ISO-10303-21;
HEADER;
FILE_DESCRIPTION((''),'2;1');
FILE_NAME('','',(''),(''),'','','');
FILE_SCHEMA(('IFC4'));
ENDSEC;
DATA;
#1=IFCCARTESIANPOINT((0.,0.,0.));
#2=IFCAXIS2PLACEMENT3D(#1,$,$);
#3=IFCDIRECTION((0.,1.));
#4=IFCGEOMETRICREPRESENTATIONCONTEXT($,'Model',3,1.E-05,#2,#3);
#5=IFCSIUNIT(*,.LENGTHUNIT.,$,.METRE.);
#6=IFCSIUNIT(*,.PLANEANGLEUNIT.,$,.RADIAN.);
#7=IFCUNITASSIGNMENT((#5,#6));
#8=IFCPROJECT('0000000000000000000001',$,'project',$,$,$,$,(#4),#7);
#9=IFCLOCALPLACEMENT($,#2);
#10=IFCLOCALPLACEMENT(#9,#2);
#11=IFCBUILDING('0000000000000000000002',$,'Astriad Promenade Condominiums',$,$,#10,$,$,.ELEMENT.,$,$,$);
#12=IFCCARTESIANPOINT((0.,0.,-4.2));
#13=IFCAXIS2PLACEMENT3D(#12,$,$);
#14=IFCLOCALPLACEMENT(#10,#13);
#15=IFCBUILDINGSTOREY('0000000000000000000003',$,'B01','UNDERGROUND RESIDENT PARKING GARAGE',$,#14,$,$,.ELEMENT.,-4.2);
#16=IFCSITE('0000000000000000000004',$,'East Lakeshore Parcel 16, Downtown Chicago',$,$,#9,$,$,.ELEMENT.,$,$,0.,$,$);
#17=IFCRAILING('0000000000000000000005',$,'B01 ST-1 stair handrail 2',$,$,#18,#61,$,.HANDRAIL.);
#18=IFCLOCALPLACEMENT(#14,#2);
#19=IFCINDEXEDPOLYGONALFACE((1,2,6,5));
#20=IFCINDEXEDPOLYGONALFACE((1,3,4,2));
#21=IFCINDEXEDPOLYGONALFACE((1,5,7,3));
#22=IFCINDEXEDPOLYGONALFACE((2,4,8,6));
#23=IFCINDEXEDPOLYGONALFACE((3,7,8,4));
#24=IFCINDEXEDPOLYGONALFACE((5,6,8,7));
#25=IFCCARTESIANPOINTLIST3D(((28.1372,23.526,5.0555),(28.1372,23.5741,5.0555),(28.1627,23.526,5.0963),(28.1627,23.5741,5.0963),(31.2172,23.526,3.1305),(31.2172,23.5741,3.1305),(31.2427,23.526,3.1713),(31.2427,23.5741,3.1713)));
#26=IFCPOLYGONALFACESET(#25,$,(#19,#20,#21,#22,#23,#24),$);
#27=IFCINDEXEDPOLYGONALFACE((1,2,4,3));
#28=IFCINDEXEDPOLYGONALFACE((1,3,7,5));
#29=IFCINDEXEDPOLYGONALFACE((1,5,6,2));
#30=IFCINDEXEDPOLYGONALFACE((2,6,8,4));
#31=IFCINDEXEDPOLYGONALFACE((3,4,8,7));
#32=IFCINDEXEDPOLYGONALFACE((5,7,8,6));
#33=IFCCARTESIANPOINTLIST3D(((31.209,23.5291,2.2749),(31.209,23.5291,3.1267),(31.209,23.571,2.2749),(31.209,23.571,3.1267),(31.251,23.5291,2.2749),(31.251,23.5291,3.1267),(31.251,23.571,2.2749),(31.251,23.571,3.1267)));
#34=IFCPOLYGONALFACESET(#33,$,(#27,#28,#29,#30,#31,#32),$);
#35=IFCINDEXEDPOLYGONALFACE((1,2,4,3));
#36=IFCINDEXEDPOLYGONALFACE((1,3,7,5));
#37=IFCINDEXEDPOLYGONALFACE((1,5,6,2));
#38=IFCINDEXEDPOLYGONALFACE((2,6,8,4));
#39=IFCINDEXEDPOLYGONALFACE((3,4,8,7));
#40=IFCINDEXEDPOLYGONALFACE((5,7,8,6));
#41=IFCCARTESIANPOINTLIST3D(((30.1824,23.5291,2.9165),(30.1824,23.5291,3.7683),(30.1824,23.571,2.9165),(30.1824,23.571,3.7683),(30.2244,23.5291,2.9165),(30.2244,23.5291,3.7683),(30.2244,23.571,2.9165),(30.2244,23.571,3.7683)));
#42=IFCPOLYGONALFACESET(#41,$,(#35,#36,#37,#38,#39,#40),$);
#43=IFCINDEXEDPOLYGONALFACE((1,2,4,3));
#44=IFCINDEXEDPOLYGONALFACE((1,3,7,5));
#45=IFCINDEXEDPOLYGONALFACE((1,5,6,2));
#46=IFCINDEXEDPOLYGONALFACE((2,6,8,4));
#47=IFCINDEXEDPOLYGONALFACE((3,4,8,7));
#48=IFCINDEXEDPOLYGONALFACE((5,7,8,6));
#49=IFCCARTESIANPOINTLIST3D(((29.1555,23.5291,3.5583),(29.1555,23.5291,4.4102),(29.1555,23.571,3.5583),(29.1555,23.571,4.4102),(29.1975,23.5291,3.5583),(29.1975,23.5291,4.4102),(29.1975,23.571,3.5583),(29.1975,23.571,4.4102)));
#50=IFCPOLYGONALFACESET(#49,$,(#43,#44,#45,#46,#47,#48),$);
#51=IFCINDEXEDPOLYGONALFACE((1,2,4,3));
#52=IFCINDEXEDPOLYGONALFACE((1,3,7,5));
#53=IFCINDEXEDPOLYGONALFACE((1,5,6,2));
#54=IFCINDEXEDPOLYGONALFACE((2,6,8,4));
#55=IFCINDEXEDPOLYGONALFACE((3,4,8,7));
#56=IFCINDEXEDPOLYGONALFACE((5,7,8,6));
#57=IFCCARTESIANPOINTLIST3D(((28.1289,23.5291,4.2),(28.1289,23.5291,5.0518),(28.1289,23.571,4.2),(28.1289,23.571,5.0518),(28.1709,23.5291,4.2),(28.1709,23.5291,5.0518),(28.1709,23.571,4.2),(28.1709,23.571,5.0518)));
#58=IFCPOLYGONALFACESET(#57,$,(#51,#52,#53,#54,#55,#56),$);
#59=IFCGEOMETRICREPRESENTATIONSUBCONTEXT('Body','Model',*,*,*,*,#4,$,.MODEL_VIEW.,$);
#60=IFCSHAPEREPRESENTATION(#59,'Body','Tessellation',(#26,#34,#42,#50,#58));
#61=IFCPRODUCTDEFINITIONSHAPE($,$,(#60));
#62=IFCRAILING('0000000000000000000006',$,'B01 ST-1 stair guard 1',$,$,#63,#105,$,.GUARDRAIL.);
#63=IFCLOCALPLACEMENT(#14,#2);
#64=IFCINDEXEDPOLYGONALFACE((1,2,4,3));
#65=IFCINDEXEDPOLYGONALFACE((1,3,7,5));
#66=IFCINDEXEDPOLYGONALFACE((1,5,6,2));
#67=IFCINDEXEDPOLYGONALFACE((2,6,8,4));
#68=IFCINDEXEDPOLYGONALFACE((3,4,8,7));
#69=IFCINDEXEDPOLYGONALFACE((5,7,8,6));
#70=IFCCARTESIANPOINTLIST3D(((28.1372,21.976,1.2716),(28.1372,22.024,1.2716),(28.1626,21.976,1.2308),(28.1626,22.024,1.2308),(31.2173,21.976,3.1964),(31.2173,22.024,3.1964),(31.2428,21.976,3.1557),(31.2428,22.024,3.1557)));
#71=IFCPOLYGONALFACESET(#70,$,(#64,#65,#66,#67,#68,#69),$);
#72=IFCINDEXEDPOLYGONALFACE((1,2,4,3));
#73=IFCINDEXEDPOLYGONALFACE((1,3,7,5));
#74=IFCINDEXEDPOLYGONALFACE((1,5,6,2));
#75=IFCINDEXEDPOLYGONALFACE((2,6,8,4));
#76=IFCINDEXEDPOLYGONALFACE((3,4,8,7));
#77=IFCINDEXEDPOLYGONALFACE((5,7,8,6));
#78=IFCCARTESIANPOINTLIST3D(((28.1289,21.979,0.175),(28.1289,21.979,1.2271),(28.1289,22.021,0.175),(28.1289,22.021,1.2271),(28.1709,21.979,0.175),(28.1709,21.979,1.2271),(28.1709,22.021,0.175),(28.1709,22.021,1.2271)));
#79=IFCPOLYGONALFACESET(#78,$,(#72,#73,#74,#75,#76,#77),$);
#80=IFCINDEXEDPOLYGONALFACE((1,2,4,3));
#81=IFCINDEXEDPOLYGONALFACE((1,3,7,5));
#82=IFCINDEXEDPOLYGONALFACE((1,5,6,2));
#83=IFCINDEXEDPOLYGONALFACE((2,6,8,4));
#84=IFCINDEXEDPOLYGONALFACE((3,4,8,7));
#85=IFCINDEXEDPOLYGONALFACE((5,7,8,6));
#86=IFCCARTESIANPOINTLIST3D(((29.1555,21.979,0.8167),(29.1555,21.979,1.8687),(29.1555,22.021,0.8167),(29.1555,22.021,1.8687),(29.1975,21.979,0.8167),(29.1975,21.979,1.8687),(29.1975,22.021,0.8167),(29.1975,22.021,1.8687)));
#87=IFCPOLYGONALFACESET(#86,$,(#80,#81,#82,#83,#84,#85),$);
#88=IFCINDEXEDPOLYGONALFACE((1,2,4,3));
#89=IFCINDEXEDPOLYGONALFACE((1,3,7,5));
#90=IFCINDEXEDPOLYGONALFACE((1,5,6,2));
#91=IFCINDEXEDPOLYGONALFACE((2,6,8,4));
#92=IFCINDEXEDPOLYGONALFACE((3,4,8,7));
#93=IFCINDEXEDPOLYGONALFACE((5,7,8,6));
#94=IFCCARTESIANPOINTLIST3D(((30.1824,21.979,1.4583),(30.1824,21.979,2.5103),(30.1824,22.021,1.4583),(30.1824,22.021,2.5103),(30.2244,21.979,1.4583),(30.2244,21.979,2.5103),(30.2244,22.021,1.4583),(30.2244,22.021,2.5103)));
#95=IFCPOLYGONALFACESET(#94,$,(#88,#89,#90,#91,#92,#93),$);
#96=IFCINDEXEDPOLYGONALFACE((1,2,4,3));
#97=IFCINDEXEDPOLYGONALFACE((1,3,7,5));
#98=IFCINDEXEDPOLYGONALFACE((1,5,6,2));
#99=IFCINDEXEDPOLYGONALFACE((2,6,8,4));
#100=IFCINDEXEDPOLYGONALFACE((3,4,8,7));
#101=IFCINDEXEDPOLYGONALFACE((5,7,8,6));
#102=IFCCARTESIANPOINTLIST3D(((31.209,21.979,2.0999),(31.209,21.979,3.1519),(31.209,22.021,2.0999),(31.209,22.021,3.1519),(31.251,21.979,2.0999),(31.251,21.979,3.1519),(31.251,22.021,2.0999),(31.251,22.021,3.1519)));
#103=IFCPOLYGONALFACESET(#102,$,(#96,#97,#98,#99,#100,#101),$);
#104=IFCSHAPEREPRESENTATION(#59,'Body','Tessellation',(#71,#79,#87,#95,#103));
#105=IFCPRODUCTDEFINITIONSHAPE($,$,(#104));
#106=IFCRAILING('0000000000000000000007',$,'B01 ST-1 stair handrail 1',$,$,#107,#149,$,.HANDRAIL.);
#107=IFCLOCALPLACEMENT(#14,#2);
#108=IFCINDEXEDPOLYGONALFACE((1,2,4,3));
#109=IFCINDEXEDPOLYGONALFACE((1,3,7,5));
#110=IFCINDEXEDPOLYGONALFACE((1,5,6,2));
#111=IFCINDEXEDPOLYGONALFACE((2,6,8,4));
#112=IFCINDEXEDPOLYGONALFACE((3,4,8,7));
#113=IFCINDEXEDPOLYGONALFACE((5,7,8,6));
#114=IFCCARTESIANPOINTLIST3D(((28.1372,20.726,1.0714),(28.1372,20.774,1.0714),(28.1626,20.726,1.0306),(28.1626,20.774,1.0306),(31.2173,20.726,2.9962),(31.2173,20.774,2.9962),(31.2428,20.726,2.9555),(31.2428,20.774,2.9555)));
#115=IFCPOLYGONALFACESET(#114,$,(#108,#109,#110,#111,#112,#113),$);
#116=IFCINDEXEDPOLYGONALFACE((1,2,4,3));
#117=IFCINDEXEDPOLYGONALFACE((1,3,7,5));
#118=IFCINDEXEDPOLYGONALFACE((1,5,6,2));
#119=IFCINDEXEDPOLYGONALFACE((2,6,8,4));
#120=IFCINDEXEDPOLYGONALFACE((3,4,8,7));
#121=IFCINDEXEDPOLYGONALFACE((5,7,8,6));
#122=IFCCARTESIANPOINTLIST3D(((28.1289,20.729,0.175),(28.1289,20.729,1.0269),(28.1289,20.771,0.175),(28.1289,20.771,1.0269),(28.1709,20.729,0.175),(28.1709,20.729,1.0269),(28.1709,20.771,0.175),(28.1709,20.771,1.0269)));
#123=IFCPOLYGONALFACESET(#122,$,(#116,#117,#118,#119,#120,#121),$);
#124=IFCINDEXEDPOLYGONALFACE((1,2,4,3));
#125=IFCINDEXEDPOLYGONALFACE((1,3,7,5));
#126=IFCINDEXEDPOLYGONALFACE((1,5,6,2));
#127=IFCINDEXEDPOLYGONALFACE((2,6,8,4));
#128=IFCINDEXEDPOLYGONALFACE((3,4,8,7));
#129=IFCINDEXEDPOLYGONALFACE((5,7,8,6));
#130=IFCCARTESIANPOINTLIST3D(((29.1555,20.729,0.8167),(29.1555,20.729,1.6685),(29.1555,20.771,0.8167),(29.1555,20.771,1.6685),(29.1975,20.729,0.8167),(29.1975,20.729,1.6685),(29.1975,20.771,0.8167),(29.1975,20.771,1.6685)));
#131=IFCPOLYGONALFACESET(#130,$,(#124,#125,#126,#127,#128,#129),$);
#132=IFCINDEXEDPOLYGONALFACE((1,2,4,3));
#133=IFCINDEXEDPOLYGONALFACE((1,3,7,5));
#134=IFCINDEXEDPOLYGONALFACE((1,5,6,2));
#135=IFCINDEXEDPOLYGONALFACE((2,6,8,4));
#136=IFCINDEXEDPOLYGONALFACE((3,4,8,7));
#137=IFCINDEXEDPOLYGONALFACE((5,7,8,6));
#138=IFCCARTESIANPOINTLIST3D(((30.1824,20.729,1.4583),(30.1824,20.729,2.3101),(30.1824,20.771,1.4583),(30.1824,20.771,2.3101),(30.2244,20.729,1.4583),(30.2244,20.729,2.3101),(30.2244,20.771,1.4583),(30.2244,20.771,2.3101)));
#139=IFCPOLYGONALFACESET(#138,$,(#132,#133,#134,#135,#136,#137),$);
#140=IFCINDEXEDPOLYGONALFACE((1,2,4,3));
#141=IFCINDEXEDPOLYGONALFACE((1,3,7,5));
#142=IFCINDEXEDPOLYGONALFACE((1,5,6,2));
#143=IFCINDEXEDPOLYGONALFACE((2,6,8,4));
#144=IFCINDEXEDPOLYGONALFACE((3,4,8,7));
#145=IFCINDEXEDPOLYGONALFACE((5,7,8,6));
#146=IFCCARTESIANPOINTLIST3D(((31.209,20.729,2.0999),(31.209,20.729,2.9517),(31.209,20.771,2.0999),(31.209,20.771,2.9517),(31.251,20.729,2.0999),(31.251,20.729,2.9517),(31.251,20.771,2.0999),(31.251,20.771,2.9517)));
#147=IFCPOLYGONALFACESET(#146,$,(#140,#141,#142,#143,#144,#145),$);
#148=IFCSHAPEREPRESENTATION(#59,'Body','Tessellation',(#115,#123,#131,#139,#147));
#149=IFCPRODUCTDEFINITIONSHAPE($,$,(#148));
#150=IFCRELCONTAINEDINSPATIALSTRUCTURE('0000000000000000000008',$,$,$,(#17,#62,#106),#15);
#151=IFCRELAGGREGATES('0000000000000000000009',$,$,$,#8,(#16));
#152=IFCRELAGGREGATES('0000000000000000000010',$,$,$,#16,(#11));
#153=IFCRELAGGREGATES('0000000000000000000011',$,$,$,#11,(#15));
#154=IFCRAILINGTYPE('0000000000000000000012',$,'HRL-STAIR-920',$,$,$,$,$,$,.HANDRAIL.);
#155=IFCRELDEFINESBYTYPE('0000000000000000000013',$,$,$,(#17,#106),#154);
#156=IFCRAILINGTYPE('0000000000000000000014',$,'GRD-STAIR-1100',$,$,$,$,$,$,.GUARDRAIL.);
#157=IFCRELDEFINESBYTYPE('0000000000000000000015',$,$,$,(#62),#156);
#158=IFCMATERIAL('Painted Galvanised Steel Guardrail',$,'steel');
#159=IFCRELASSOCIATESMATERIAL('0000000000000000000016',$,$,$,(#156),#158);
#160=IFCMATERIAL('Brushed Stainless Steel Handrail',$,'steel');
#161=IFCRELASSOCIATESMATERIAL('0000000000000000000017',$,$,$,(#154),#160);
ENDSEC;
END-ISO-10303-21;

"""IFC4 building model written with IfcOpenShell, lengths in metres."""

from ifc_helpers import new_model, si_unit, direction, frame, origin, origin_2d, place, context, subcontext, project, spatial, rectangle, extrude, source, transform, mapped, material, type_object, type_shapes, element, save


model = new_model("IFC4")

# Units and contexts
model_context = context("Model", 3, precision=1e-05, world=origin(), true_north=direction((0.0, 1.0)))
body_context = subcontext(model_context, "Body", "Model", "MODEL_VIEW")
ifc_project = project(units=[si_unit("LENGTHUNIT", "METRE"), si_unit("PLANEANGLEUNIT", "RADIAN")], contexts=[model_context])

# Site, building, storey
site_placement = place(None, origin())
site = spatial("IfcSite", under=ifc_project, at=site_placement, Name="East Lakeshore Parcel 16, Downtown Chicago", CompositionType="ELEMENT", RefElevation=0.0)
building_placement = place(site_placement, origin())
building = spatial("IfcBuilding", under=site, at=building_placement, Name="Astriad Promenade Condominiums", CompositionType="ELEMENT")
storey_placement = place(building_placement, frame((0.0, 0.0, -4.2)))
storey = spatial("IfcBuildingStorey", under=building, at=storey_placement, Name="B01", Description="UNDERGROUND RESIDENT PARKING GARAGE", CompositionType="ELEMENT", Elevation=-4.2)

# Railings
ifc_material_1 = material(Name="Painted Galvanised Steel Guardrail", Category="steel")
railing_type_1 = type_object("IfcRailingType", Name="GRD-STAIR-1100", PredefinedType="GUARDRAIL", material=ifc_material_1)
ifc_material_2 = material(Name="Brushed Stainless Steel Handrail", Category="steel")
railing_type_2 = type_object("IfcRailingType", Name="HRL-STAIR-920", PredefinedType="HANDRAIL", material=ifc_material_2)
shared_shape_1 = source(origin(), body_context, "Body", "SweptSolid", [
    extrude(rectangle(XDim=0.0481, YDim=0.0481, at=origin_2d()), frame((0.0, 0.0, 0.876), z_axis=(-0.847998, 0.0, 0.529999), x_axis=(0.0, -1.0, 0.0)), (0.0, 0.0, 1.0), 3.6321),
    extrude(rectangle(XDim=0.042, YDim=0.042, at=origin_2d()), origin(), (0.0, 0.0, 1.0), 0.8518),
    extrude(rectangle(XDim=0.042, YDim=0.042, at=origin_2d()), frame((-1.0266, 0.0, 0.6416)), (0.0, 0.0, 1.0), 0.8518),
    extrude(rectangle(XDim=0.042, YDim=0.042, at=origin_2d()), frame((-2.0535, 0.0, 1.2834)), (0.0, 0.0, 1.0), 0.8518),
    extrude(rectangle(XDim=0.042, YDim=0.042, at=origin_2d()), frame((-3.0801, 0.0, 1.925)), (0.0, 0.0, 1.0), 0.8518),
])
railing_1_placement = place(storey_placement, frame((31.23, 23.55, 2.2749)))
element("IfcRailing", 1, at=railing_1_placement, inside=storey, type_object=railing_type_2, Name="B01 ST-1 stair handrail 2", PredefinedType="HANDRAIL", context=body_context, shape_type="MappedRepresentation", body=[
    mapped(shared_shape_1, transform((0.0, 0.0, 0.0), scale=1.0)),
])
shared_shape_2 = source(origin(), body_context, "Body", "SweptSolid", [
    extrude(rectangle(XDim=0.0481, YDim=0.0481, at=origin_2d()), frame((0.0, 0.0, 1.0762), z_axis=(0.848029, 0.0, 0.529951), x_axis=(0.0, 1.0, 0.0)), (0.0, 0.0, 1.0), 3.6321),
    extrude(rectangle(XDim=0.042, YDim=0.042, at=origin_2d()), origin(), (0.0, 0.0, 1.0), 1.052),
    extrude(rectangle(XDim=0.042, YDim=0.042, at=origin_2d()), frame((1.0266, 0.0, 0.6416)), (0.0, 0.0, 1.0), 1.052),
    extrude(rectangle(XDim=0.042, YDim=0.042, at=origin_2d()), frame((2.0535, 0.0, 1.2832)), (0.0, 0.0, 1.0), 1.052),
    extrude(rectangle(XDim=0.042, YDim=0.042, at=origin_2d()), frame((3.0801, 0.0, 1.9248)), (0.0, 0.0, 1.0), 1.052),
])
railing_2_placement = place(storey_placement, frame((28.1499, 22.0, 0.175)))
element("IfcRailing", 2, at=railing_2_placement, inside=storey, type_object=railing_type_1, Name="B01 ST-1 stair guard 1", PredefinedType="GUARDRAIL", context=body_context, shape_type="MappedRepresentation", body=[
    mapped(shared_shape_2, transform((0.0, 0.0, 0.0), scale=1.0)),
])
shared_shape_3 = source(origin(), body_context, "Body", "SweptSolid", [
    extrude(rectangle(XDim=0.0481, YDim=0.0481, at=origin_2d()), frame((0.0, 0.0, 0.876), z_axis=(0.848029, 0.0, 0.529951), x_axis=(0.0, 1.0, 0.0)), (0.0, 0.0, 1.0), 3.6321),
    extrude(rectangle(XDim=0.042, YDim=0.042, at=origin_2d()), origin(), (0.0, 0.0, 1.0), 0.8518),
    extrude(rectangle(XDim=0.042, YDim=0.042, at=origin_2d()), frame((1.0266, 0.0, 0.6416)), (0.0, 0.0, 1.0), 0.8518),
    extrude(rectangle(XDim=0.042, YDim=0.042, at=origin_2d()), frame((2.0535, 0.0, 1.2832)), (0.0, 0.0, 1.0), 0.8518),
    extrude(rectangle(XDim=0.042, YDim=0.042, at=origin_2d()), frame((3.0801, 0.0, 1.9248)), (0.0, 0.0, 1.0), 0.8518),
])
type_shapes(railing_type_2, [shared_shape_1, shared_shape_3])
railing_3_placement = place(storey_placement, frame((28.1499, 20.75, 0.175)))
element("IfcRailing", 3, at=railing_3_placement, inside=storey, type_object=railing_type_2, Name="B01 ST-1 stair handrail 1", PredefinedType="HANDRAIL", context=body_context, shape_type="MappedRepresentation", body=[
    mapped(shared_shape_3, transform((0.0, 0.0, 0.0), scale=1.0)),
])

save(model, "model.ifc")
